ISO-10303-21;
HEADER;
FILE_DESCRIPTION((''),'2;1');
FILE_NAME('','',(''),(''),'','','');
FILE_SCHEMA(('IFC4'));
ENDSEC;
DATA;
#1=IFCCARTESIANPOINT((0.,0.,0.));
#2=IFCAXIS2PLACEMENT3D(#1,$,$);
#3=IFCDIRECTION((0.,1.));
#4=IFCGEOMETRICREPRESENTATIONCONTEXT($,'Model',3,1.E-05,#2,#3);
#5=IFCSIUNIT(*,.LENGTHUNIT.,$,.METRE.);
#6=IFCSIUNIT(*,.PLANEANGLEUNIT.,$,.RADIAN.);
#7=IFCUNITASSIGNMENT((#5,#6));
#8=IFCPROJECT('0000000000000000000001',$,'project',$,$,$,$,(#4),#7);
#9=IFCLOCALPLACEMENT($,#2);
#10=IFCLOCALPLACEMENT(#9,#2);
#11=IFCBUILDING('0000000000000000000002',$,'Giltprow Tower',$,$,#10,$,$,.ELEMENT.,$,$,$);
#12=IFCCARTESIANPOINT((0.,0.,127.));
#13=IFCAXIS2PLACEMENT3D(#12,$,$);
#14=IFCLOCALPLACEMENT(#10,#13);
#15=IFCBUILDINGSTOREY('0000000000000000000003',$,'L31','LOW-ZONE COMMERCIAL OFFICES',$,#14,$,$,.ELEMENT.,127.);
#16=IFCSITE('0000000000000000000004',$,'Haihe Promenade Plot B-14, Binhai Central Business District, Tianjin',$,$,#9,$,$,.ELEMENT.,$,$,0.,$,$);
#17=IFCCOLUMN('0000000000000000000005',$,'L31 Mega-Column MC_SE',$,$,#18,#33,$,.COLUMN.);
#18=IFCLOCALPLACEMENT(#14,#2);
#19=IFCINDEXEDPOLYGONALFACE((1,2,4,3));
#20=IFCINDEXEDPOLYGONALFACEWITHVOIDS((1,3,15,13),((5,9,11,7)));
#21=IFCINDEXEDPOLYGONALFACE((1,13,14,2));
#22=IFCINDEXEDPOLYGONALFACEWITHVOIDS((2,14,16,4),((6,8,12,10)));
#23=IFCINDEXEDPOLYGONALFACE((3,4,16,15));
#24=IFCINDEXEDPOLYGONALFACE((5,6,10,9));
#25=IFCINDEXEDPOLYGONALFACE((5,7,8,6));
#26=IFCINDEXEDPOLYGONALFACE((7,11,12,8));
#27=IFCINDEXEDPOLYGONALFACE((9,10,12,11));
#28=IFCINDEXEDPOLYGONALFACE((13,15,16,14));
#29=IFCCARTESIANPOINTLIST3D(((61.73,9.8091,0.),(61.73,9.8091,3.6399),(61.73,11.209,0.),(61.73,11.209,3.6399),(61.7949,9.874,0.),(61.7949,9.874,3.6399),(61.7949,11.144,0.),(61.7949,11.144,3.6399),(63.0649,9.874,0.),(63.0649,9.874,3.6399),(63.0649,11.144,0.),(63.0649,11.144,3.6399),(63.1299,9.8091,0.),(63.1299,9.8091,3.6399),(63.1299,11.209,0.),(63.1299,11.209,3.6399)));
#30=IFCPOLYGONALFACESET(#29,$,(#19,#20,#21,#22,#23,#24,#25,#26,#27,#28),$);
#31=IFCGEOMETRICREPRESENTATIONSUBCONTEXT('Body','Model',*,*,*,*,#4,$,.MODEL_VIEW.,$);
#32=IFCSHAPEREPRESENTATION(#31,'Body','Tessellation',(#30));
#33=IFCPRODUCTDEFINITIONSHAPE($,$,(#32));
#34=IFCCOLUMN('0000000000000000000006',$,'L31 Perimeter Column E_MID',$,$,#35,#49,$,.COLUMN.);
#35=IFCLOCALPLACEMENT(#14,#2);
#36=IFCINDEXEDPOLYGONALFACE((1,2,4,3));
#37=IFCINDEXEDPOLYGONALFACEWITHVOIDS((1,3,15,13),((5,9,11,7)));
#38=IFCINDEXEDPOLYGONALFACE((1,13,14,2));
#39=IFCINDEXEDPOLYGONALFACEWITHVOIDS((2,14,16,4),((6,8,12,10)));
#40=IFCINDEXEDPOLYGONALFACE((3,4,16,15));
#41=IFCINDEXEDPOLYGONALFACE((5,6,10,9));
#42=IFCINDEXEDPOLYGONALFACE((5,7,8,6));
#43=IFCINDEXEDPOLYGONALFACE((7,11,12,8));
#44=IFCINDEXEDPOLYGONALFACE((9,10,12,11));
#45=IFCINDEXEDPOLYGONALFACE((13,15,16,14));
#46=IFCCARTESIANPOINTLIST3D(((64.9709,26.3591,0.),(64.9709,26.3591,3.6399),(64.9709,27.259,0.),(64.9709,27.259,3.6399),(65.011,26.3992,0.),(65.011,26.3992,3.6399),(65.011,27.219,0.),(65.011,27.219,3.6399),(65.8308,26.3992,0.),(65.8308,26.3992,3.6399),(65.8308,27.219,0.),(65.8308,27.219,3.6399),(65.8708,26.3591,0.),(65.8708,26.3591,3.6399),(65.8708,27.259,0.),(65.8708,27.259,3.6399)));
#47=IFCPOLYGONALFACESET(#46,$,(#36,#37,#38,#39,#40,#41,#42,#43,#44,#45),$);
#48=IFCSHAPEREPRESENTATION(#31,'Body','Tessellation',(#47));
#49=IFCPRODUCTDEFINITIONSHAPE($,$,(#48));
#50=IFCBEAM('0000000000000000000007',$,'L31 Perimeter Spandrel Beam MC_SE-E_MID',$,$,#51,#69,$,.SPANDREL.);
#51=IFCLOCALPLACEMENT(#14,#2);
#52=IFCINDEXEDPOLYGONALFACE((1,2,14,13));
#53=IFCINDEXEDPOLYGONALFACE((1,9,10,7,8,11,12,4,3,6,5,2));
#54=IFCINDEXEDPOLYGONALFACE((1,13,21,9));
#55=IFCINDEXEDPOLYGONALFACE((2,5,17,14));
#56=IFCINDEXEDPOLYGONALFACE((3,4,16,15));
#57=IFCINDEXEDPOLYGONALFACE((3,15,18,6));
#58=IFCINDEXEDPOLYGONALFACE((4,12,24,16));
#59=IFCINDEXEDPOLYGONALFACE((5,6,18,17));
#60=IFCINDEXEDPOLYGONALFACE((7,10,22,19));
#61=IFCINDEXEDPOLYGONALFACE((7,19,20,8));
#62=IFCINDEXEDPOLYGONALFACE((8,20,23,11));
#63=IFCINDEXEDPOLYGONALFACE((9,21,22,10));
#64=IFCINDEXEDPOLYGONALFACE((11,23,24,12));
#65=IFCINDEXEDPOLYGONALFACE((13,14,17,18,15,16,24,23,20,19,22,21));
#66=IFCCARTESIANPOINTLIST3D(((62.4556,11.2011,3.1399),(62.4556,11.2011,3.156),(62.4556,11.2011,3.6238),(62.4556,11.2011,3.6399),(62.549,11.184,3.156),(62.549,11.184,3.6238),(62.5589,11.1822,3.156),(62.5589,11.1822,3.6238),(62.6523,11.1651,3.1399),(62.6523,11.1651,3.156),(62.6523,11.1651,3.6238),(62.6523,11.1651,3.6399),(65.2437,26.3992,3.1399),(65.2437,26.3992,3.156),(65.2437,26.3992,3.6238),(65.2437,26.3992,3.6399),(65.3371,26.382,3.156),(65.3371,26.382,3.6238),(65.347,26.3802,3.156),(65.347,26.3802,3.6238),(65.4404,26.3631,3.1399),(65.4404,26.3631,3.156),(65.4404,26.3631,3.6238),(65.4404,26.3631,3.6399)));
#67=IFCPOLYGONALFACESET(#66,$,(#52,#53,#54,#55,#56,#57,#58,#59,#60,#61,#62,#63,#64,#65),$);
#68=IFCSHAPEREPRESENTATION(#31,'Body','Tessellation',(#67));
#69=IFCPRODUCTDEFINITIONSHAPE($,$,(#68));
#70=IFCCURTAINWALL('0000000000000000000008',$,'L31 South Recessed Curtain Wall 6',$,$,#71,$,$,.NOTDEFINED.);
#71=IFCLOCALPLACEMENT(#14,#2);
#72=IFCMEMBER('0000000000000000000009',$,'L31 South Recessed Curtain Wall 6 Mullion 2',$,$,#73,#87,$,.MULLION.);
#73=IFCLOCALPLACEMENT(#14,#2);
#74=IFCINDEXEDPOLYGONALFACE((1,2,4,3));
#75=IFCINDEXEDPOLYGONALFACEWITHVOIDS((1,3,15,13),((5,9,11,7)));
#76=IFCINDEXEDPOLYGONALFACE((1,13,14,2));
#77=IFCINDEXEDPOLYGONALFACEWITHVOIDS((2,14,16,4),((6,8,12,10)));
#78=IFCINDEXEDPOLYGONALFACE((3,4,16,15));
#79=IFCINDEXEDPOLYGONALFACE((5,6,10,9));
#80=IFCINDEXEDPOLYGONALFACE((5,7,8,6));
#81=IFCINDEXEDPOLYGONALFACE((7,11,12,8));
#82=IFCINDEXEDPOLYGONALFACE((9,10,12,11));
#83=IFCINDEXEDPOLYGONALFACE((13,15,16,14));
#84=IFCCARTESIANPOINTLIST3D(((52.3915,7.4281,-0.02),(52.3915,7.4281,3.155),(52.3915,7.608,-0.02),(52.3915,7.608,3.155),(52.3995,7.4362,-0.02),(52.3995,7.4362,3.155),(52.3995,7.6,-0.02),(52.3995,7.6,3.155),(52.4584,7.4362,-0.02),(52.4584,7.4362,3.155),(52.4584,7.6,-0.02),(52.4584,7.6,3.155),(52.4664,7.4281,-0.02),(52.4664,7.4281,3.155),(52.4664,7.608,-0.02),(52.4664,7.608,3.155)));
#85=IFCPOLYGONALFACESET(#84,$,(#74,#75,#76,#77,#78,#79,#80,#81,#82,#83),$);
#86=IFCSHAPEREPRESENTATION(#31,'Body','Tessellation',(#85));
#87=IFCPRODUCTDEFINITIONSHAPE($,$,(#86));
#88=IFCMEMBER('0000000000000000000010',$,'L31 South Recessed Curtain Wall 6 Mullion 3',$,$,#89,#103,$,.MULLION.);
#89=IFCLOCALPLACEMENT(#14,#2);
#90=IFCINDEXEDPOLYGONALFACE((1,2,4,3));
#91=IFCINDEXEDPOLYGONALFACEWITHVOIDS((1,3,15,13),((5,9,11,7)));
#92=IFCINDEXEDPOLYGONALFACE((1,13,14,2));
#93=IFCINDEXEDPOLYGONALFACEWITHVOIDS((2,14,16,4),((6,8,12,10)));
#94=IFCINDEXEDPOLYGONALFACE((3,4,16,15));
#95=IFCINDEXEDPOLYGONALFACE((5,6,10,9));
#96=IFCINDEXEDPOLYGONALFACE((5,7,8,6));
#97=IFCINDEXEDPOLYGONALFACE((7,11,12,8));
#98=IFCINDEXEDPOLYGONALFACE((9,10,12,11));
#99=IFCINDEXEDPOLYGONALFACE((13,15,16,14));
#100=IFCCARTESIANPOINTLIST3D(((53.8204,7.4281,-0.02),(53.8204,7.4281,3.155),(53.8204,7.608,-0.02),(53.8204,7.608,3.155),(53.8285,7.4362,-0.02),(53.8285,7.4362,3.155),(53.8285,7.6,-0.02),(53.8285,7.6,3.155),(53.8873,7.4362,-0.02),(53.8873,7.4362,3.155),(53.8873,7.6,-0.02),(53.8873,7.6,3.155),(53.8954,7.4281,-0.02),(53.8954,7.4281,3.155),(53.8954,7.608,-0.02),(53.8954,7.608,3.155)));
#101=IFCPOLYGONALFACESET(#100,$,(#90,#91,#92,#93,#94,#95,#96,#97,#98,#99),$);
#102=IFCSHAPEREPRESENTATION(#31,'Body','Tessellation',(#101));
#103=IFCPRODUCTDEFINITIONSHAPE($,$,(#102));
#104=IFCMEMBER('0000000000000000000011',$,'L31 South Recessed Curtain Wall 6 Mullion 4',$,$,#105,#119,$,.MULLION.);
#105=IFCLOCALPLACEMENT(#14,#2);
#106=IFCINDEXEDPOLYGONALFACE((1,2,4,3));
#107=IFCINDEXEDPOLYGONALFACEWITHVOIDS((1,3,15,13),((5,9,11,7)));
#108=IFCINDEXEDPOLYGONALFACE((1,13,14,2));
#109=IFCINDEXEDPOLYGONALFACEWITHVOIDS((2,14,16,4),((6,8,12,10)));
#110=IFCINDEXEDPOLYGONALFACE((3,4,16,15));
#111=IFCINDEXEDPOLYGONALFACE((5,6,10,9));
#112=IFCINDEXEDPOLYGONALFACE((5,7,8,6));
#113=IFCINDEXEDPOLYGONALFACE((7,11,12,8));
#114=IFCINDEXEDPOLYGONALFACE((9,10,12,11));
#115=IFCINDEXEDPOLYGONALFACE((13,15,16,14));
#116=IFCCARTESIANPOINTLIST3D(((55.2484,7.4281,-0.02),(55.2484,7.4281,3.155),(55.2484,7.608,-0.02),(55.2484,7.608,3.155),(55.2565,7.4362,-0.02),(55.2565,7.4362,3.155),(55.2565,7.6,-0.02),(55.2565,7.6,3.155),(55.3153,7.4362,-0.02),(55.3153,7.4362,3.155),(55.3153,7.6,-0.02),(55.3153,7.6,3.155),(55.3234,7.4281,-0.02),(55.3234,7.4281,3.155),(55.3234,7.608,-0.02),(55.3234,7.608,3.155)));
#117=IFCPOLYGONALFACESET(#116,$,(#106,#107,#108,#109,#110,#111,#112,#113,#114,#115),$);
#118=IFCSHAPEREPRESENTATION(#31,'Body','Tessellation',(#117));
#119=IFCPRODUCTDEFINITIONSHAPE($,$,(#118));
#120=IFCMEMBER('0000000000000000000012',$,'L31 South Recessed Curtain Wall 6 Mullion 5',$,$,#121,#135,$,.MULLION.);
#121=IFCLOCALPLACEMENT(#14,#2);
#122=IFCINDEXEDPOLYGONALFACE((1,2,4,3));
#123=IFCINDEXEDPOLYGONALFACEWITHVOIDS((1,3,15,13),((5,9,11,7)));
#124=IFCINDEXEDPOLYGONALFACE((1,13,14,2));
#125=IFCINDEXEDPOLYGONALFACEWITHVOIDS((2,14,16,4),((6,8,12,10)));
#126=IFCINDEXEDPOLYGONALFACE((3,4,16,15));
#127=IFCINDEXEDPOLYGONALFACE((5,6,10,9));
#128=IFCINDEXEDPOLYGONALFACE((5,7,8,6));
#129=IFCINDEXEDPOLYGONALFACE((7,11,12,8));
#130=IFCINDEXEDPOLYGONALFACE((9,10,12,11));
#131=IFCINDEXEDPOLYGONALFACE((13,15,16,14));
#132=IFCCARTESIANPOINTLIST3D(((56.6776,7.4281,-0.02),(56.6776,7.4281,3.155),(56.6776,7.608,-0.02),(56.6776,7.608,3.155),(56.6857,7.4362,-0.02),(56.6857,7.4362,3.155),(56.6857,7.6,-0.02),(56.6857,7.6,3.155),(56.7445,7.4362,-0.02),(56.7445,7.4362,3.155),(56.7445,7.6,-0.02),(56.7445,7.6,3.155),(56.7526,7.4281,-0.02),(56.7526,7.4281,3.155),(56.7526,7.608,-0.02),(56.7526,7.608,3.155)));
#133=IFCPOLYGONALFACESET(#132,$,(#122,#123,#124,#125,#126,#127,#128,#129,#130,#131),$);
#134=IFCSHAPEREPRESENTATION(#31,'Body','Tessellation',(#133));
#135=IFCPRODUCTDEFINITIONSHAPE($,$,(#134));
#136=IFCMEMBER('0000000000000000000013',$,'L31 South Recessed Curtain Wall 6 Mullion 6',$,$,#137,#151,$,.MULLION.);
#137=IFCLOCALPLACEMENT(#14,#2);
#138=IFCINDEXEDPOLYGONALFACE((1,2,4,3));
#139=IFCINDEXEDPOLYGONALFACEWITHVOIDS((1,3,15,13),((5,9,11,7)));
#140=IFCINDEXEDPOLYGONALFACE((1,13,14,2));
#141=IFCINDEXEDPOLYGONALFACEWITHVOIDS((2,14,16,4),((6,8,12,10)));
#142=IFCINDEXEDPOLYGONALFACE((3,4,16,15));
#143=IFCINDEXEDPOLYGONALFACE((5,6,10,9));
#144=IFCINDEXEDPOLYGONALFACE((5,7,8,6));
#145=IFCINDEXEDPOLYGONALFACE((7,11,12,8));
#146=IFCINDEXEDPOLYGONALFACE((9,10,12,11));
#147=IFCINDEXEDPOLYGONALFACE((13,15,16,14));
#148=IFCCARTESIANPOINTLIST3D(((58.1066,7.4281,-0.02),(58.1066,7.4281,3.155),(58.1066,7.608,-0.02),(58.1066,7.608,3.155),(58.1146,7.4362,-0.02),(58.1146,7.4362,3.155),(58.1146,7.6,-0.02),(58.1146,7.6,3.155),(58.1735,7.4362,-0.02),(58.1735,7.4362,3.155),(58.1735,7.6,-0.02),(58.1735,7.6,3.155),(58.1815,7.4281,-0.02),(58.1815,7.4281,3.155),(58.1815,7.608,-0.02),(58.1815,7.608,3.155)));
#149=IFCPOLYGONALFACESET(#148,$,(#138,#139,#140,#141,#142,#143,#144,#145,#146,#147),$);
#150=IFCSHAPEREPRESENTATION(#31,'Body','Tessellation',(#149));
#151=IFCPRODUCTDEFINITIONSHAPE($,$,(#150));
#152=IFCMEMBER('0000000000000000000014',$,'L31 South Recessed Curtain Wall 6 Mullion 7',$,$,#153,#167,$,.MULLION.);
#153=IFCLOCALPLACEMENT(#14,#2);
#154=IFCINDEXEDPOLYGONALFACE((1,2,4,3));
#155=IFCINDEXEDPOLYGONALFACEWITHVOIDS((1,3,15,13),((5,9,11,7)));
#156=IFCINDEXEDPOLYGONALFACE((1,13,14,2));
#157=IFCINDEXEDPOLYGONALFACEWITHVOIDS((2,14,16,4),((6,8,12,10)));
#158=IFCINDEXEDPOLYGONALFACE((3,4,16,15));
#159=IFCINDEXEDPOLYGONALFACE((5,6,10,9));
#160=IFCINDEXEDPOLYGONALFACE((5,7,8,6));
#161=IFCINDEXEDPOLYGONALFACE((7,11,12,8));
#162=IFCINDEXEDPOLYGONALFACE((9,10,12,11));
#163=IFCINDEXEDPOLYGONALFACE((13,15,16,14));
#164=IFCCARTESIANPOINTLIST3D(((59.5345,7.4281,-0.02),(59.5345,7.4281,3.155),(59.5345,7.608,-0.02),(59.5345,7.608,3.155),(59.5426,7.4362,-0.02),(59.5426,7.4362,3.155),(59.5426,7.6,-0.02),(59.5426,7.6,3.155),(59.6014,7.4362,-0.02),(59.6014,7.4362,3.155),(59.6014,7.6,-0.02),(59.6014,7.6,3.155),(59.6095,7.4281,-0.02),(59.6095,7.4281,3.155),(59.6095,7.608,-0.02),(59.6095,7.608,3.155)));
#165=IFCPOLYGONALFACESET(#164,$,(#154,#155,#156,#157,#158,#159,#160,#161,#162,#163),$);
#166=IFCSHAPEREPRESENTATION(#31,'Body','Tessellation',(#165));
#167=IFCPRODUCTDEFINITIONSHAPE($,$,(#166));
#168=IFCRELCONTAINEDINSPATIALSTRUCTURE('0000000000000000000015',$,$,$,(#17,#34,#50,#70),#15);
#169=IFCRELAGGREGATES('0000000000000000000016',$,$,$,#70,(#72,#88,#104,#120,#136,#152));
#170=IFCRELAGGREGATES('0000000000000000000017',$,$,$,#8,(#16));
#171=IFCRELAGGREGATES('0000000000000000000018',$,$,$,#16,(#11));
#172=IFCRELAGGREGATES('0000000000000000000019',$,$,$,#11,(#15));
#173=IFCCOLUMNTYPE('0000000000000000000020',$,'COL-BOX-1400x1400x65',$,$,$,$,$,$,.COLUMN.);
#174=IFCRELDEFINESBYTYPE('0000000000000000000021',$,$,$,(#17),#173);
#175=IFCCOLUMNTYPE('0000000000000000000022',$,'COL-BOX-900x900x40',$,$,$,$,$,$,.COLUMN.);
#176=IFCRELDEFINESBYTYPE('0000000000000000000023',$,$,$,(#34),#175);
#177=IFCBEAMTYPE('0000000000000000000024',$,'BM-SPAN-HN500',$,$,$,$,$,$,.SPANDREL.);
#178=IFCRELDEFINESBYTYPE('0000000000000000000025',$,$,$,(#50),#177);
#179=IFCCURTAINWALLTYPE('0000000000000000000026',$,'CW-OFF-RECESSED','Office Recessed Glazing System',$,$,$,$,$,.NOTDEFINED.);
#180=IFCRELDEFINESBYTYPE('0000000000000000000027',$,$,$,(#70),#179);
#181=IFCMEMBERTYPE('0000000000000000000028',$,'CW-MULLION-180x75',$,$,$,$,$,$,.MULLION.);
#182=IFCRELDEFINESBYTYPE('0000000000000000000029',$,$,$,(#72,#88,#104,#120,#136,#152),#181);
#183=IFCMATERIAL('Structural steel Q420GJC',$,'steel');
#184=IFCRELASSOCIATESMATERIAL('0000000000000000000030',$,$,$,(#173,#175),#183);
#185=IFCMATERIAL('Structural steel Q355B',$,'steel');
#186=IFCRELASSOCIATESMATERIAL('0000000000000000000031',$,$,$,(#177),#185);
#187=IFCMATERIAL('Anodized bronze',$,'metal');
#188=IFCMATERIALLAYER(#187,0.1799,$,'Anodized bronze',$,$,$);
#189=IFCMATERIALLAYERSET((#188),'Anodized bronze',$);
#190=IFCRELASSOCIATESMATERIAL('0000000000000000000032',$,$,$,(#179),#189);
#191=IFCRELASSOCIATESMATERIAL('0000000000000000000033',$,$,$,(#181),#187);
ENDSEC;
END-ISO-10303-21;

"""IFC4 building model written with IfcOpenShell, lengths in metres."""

from ifc_helpers import new_model, si_unit, direction, frame, origin, origin_2d, place, context, subcontext, project, spatial, hollow_rectangle, i_section, extrude, source, transform, mapped, material, layer, layer_set, material_profile, profile_set, type_object, element, aggregate, save


model = new_model("IFC4")

# Units and contexts
model_context = context("Model", 3, precision=1e-05, world=origin(), true_north=direction((0.0, 1.0)))
body_context = subcontext(model_context, "Body", "Model", "MODEL_VIEW")
ifc_project = project(units=[si_unit("LENGTHUNIT", "METRE"), si_unit("PLANEANGLEUNIT", "RADIAN")], contexts=[model_context])

# Site, building, storey
site_placement = place(None, origin())
site = spatial("IfcSite", under=ifc_project, at=site_placement, Name="Haihe Promenade Plot B-14, Binhai Central Business District, Tianjin", CompositionType="ELEMENT", RefElevation=0.0)
building_placement = place(site_placement, origin())
building = spatial("IfcBuilding", under=site, at=building_placement, Name="Giltprow Tower", CompositionType="ELEMENT")
storey_placement = place(building_placement, frame((0.0, 0.0, 127.0)))
storey = spatial("IfcBuildingStorey", under=building, at=storey_placement, Name="L31", Description="LOW-ZONE COMMERCIAL OFFICES", CompositionType="ELEMENT", Elevation=127.0)

# Columns
ifc_material_1 = material(Name="Structural steel Q420GJC", Category="steel")
ifc_material_profile_1 = material_profile(ifc_material_1, hollow_rectangle(XDim=1.3999, YDim=1.3999, WallThickness=0.0649, at=origin_2d()), Name="BOX 1400x1400x65")
ifc_profile_set_1 = profile_set([ifc_material_profile_1], Name="Structural steel Q420GJC")
column_type_1 = type_object("IfcColumnType", Name="COL-BOX-1400x1400x65", PredefinedType="COLUMN", material=ifc_profile_set_1)
shared_shape_1 = source(origin(), body_context, "Body", "SweptSolid", [
    extrude(hollow_rectangle(XDim=1.3999, YDim=1.3999, WallThickness=0.0649, at=origin_2d()), origin(), (0.0, 0.0, 1.0), 3.6399),
])
column_1_placement = place(storey_placement, frame((62.4299, 10.509, 0.0), z_axis=(0.0, 0.0, 1.0), x_axis=(1.0, 0.0, 0.0)))
element("IfcColumn", 1, at=column_1_placement, inside=storey, type_object=column_type_1, Name="L31 Mega-Column MC_SE", PredefinedType="COLUMN", context=body_context, shape_type="MappedRepresentation", body=[
    mapped(shared_shape_1, transform((0.0, 0.0, 0.0), x_axis=(1.0, 0.0, 0.0), y_axis=(0.0, 1.0, 0.0), z_axis=(0.0, 0.0, 1.0), scale=1.0)),
])
ifc_material_profile_2 = material_profile(ifc_material_1, hollow_rectangle(XDim=0.8999, YDim=0.8999, WallThickness=0.04, at=origin_2d()), Name="BOX 900x900x40")
ifc_profile_set_2 = profile_set([ifc_material_profile_2], Name="Structural steel Q420GJC")
column_type_2 = type_object("IfcColumnType", Name="COL-BOX-900x900x40", PredefinedType="COLUMN", material=ifc_profile_set_2)
shared_shape_2 = source(origin(), body_context, "Body", "SweptSolid", [
    extrude(hollow_rectangle(XDim=0.8999, YDim=0.8999, WallThickness=0.04, at=origin_2d()), origin(), (0.0, 0.0, 1.0), 3.6399),
])
column_2_placement = place(storey_placement, frame((65.4209, 26.8091, 0.0), z_axis=(0.0, 0.0, 1.0), x_axis=(1.0, 0.0, 0.0)))
element("IfcColumn", 2, at=column_2_placement, inside=storey, type_object=column_type_2, Name="L31 Perimeter Column E_MID", PredefinedType="COLUMN", context=body_context, shape_type="MappedRepresentation", body=[
    mapped(shared_shape_2, transform((0.0, 0.0, 0.0), x_axis=(1.0, 0.0, 0.0), y_axis=(0.0, 1.0, 0.0), z_axis=(0.0, 0.0, 1.0), scale=1.0)),
])

# Beam
ifc_material_2 = material(Name="Structural steel Q355B", Category="steel")
ifc_material_profile_3 = material_profile(ifc_material_2, i_section(OverallWidth=0.2, OverallDepth=0.5, WebThickness=0.01, FlangeThickness=0.0161, at=origin_2d()), Name="HN 500x200x10x16")
ifc_profile_set_3 = profile_set([ifc_material_profile_3], Name="Structural steel Q355B")
beam_type = type_object("IfcBeamType", Name="BM-SPAN-HN500", PredefinedType="SPANDREL", material=ifc_profile_set_3)
shared_shape_3 = source(origin(), body_context, "Body", "SweptSolid", [
    extrude(i_section(OverallWidth=0.2, OverallDepth=0.5, WebThickness=0.01, FlangeThickness=0.0161, at=origin_2d()), origin(), (0.0, 0.0, 1.0), 15.4517),
])
beam_placement = place(storey_placement, frame((62.554, 11.1831, 3.3899), z_axis=(0.18044, 0.983586, 0.0), x_axis=(-0.983586, 0.18044, 0.0)))
element("IfcBeam", 3, at=beam_placement, inside=storey, type_object=beam_type, Name="L31 Perimeter Spandrel Beam MC_SE-E_MID", PredefinedType="SPANDREL", context=body_context, shape_type="MappedRepresentation", body=[
    mapped(shared_shape_3, transform((0.0, 0.0, 0.0), x_axis=(1.0, 0.0, 0.0), y_axis=(0.0, 1.0, 0.0), z_axis=(0.0, 0.0, 1.0), scale=1.0)),
])

# Curtain wall, members
ifc_material_3 = material(Name="Anodized bronze", Category="metal")
ifc_layer_1 = layer(ifc_material_3, 0.1799, Name="Anodized bronze")
ifc_layer_set_1 = layer_set([ifc_layer_1], Name="Anodized bronze")
curtain_wall_type = type_object("IfcCurtainWallType", Name="CW-OFF-RECESSED", Description="Office Recessed Glazing System", PredefinedType="NOTDEFINED", material=ifc_layer_set_1)
curtain_wall_placement = place(storey_placement, origin())
curtain_wall = element("IfcCurtainWall", 4, at=curtain_wall_placement, inside=storey, type_object=curtain_wall_type, Name="L31 South Recessed Curtain Wall 6", PredefinedType="NOTDEFINED")
ifc_material_profile_4 = material_profile(ifc_material_3, hollow_rectangle(XDim=0.075, YDim=0.1799, WallThickness=0.0081, at=origin_2d()), Name="RHS 180x75x8")
ifc_profile_set_4 = profile_set([ifc_material_profile_4], Name="Anodized bronze")
member_type = type_object("IfcMemberType", Name="CW-MULLION-180x75", PredefinedType="MULLION", material=ifc_profile_set_4)
shared_shape_4 = source(origin(), body_context, "Body", "SweptSolid", [
    extrude(hollow_rectangle(XDim=0.075, YDim=0.1799, WallThickness=0.0081, at=origin_2d()), origin(), (0.0, 0.0, 1.0), 3.175),
])
member_1_placement = place(storey_placement, frame((52.429, 7.5181, -0.02), z_axis=(0.0, 0.0, 1.0), x_axis=(1.0, 0.0, 0.0)))
member_1 = element("IfcMember", 5, at=member_1_placement, type_object=member_type, Name="L31 South Recessed Curtain Wall 6 Mullion 2", PredefinedType="MULLION", context=body_context, shape_type="MappedRepresentation", body=[
    mapped(shared_shape_4, transform((0.0, 0.0, 0.0), x_axis=(1.0, 0.0, 0.0), y_axis=(0.0, 1.0, 0.0), z_axis=(0.0, 0.0, 1.0), scale=1.0)),
])
member_2_placement = place(storey_placement, frame((53.8579, 7.5181, -0.02), z_axis=(0.0, 0.0, 1.0), x_axis=(1.0, 0.0, 0.0)))
member_2 = element("IfcMember", 6, at=member_2_placement, type_object=member_type, Name="L31 South Recessed Curtain Wall 6 Mullion 3", PredefinedType="MULLION", context=body_context, shape_type="MappedRepresentation", body=[
    mapped(shared_shape_4, transform((0.0, 0.0, 0.0), x_axis=(1.0, 0.0, 0.0), y_axis=(0.0, 1.0, 0.0), z_axis=(0.0, 0.0, 1.0), scale=1.0)),
])
member_3_placement = place(storey_placement, frame((55.2859, 7.5181, -0.02), z_axis=(0.0, 0.0, 1.0), x_axis=(1.0, 0.0, 0.0)))
member_3 = element("IfcMember", 7, at=member_3_placement, type_object=member_type, Name="L31 South Recessed Curtain Wall 6 Mullion 4", PredefinedType="MULLION", context=body_context, shape_type="MappedRepresentation", body=[
    mapped(shared_shape_4, transform((0.0, 0.0, 0.0), x_axis=(1.0, 0.0, 0.0), y_axis=(0.0, 1.0, 0.0), z_axis=(0.0, 0.0, 1.0), scale=1.0)),
])
member_4_placement = place(storey_placement, frame((56.7151, 7.5181, -0.02), z_axis=(0.0, 0.0, 1.0), x_axis=(1.0, 0.0, 0.0)))
member_4 = element("IfcMember", 8, at=member_4_placement, type_object=member_type, Name="L31 South Recessed Curtain Wall 6 Mullion 5", PredefinedType="MULLION", context=body_context, shape_type="MappedRepresentation", body=[
    mapped(shared_shape_4, transform((0.0, 0.0, 0.0), x_axis=(1.0, 0.0, 0.0), y_axis=(0.0, 1.0, 0.0), z_axis=(0.0, 0.0, 1.0), scale=1.0)),
])
member_5_placement = place(storey_placement, frame((58.144, 7.5181, -0.02), z_axis=(0.0, 0.0, 1.0), x_axis=(1.0, 0.0, 0.0)))
member_5 = element("IfcMember", 9, at=member_5_placement, type_object=member_type, Name="L31 South Recessed Curtain Wall 6 Mullion 6", PredefinedType="MULLION", context=body_context, shape_type="MappedRepresentation", body=[
    mapped(shared_shape_4, transform((0.0, 0.0, 0.0), x_axis=(1.0, 0.0, 0.0), y_axis=(0.0, 1.0, 0.0), z_axis=(0.0, 0.0, 1.0), scale=1.0)),
])
member_6_placement = place(storey_placement, frame((59.572, 7.5181, -0.02), z_axis=(0.0, 0.0, 1.0), x_axis=(1.0, 0.0, 0.0)))
member_6 = element("IfcMember", 10, at=member_6_placement, type_object=member_type, Name="L31 South Recessed Curtain Wall 6 Mullion 7", PredefinedType="MULLION", context=body_context, shape_type="MappedRepresentation", body=[
    mapped(shared_shape_4, transform((0.0, 0.0, 0.0), x_axis=(1.0, 0.0, 0.0), y_axis=(0.0, 1.0, 0.0), z_axis=(0.0, 0.0, 1.0), scale=1.0)),
])
aggregate(curtain_wall, [member_1, member_2, member_3, member_4, member_5, member_6])

save(model, "model.ifc")
